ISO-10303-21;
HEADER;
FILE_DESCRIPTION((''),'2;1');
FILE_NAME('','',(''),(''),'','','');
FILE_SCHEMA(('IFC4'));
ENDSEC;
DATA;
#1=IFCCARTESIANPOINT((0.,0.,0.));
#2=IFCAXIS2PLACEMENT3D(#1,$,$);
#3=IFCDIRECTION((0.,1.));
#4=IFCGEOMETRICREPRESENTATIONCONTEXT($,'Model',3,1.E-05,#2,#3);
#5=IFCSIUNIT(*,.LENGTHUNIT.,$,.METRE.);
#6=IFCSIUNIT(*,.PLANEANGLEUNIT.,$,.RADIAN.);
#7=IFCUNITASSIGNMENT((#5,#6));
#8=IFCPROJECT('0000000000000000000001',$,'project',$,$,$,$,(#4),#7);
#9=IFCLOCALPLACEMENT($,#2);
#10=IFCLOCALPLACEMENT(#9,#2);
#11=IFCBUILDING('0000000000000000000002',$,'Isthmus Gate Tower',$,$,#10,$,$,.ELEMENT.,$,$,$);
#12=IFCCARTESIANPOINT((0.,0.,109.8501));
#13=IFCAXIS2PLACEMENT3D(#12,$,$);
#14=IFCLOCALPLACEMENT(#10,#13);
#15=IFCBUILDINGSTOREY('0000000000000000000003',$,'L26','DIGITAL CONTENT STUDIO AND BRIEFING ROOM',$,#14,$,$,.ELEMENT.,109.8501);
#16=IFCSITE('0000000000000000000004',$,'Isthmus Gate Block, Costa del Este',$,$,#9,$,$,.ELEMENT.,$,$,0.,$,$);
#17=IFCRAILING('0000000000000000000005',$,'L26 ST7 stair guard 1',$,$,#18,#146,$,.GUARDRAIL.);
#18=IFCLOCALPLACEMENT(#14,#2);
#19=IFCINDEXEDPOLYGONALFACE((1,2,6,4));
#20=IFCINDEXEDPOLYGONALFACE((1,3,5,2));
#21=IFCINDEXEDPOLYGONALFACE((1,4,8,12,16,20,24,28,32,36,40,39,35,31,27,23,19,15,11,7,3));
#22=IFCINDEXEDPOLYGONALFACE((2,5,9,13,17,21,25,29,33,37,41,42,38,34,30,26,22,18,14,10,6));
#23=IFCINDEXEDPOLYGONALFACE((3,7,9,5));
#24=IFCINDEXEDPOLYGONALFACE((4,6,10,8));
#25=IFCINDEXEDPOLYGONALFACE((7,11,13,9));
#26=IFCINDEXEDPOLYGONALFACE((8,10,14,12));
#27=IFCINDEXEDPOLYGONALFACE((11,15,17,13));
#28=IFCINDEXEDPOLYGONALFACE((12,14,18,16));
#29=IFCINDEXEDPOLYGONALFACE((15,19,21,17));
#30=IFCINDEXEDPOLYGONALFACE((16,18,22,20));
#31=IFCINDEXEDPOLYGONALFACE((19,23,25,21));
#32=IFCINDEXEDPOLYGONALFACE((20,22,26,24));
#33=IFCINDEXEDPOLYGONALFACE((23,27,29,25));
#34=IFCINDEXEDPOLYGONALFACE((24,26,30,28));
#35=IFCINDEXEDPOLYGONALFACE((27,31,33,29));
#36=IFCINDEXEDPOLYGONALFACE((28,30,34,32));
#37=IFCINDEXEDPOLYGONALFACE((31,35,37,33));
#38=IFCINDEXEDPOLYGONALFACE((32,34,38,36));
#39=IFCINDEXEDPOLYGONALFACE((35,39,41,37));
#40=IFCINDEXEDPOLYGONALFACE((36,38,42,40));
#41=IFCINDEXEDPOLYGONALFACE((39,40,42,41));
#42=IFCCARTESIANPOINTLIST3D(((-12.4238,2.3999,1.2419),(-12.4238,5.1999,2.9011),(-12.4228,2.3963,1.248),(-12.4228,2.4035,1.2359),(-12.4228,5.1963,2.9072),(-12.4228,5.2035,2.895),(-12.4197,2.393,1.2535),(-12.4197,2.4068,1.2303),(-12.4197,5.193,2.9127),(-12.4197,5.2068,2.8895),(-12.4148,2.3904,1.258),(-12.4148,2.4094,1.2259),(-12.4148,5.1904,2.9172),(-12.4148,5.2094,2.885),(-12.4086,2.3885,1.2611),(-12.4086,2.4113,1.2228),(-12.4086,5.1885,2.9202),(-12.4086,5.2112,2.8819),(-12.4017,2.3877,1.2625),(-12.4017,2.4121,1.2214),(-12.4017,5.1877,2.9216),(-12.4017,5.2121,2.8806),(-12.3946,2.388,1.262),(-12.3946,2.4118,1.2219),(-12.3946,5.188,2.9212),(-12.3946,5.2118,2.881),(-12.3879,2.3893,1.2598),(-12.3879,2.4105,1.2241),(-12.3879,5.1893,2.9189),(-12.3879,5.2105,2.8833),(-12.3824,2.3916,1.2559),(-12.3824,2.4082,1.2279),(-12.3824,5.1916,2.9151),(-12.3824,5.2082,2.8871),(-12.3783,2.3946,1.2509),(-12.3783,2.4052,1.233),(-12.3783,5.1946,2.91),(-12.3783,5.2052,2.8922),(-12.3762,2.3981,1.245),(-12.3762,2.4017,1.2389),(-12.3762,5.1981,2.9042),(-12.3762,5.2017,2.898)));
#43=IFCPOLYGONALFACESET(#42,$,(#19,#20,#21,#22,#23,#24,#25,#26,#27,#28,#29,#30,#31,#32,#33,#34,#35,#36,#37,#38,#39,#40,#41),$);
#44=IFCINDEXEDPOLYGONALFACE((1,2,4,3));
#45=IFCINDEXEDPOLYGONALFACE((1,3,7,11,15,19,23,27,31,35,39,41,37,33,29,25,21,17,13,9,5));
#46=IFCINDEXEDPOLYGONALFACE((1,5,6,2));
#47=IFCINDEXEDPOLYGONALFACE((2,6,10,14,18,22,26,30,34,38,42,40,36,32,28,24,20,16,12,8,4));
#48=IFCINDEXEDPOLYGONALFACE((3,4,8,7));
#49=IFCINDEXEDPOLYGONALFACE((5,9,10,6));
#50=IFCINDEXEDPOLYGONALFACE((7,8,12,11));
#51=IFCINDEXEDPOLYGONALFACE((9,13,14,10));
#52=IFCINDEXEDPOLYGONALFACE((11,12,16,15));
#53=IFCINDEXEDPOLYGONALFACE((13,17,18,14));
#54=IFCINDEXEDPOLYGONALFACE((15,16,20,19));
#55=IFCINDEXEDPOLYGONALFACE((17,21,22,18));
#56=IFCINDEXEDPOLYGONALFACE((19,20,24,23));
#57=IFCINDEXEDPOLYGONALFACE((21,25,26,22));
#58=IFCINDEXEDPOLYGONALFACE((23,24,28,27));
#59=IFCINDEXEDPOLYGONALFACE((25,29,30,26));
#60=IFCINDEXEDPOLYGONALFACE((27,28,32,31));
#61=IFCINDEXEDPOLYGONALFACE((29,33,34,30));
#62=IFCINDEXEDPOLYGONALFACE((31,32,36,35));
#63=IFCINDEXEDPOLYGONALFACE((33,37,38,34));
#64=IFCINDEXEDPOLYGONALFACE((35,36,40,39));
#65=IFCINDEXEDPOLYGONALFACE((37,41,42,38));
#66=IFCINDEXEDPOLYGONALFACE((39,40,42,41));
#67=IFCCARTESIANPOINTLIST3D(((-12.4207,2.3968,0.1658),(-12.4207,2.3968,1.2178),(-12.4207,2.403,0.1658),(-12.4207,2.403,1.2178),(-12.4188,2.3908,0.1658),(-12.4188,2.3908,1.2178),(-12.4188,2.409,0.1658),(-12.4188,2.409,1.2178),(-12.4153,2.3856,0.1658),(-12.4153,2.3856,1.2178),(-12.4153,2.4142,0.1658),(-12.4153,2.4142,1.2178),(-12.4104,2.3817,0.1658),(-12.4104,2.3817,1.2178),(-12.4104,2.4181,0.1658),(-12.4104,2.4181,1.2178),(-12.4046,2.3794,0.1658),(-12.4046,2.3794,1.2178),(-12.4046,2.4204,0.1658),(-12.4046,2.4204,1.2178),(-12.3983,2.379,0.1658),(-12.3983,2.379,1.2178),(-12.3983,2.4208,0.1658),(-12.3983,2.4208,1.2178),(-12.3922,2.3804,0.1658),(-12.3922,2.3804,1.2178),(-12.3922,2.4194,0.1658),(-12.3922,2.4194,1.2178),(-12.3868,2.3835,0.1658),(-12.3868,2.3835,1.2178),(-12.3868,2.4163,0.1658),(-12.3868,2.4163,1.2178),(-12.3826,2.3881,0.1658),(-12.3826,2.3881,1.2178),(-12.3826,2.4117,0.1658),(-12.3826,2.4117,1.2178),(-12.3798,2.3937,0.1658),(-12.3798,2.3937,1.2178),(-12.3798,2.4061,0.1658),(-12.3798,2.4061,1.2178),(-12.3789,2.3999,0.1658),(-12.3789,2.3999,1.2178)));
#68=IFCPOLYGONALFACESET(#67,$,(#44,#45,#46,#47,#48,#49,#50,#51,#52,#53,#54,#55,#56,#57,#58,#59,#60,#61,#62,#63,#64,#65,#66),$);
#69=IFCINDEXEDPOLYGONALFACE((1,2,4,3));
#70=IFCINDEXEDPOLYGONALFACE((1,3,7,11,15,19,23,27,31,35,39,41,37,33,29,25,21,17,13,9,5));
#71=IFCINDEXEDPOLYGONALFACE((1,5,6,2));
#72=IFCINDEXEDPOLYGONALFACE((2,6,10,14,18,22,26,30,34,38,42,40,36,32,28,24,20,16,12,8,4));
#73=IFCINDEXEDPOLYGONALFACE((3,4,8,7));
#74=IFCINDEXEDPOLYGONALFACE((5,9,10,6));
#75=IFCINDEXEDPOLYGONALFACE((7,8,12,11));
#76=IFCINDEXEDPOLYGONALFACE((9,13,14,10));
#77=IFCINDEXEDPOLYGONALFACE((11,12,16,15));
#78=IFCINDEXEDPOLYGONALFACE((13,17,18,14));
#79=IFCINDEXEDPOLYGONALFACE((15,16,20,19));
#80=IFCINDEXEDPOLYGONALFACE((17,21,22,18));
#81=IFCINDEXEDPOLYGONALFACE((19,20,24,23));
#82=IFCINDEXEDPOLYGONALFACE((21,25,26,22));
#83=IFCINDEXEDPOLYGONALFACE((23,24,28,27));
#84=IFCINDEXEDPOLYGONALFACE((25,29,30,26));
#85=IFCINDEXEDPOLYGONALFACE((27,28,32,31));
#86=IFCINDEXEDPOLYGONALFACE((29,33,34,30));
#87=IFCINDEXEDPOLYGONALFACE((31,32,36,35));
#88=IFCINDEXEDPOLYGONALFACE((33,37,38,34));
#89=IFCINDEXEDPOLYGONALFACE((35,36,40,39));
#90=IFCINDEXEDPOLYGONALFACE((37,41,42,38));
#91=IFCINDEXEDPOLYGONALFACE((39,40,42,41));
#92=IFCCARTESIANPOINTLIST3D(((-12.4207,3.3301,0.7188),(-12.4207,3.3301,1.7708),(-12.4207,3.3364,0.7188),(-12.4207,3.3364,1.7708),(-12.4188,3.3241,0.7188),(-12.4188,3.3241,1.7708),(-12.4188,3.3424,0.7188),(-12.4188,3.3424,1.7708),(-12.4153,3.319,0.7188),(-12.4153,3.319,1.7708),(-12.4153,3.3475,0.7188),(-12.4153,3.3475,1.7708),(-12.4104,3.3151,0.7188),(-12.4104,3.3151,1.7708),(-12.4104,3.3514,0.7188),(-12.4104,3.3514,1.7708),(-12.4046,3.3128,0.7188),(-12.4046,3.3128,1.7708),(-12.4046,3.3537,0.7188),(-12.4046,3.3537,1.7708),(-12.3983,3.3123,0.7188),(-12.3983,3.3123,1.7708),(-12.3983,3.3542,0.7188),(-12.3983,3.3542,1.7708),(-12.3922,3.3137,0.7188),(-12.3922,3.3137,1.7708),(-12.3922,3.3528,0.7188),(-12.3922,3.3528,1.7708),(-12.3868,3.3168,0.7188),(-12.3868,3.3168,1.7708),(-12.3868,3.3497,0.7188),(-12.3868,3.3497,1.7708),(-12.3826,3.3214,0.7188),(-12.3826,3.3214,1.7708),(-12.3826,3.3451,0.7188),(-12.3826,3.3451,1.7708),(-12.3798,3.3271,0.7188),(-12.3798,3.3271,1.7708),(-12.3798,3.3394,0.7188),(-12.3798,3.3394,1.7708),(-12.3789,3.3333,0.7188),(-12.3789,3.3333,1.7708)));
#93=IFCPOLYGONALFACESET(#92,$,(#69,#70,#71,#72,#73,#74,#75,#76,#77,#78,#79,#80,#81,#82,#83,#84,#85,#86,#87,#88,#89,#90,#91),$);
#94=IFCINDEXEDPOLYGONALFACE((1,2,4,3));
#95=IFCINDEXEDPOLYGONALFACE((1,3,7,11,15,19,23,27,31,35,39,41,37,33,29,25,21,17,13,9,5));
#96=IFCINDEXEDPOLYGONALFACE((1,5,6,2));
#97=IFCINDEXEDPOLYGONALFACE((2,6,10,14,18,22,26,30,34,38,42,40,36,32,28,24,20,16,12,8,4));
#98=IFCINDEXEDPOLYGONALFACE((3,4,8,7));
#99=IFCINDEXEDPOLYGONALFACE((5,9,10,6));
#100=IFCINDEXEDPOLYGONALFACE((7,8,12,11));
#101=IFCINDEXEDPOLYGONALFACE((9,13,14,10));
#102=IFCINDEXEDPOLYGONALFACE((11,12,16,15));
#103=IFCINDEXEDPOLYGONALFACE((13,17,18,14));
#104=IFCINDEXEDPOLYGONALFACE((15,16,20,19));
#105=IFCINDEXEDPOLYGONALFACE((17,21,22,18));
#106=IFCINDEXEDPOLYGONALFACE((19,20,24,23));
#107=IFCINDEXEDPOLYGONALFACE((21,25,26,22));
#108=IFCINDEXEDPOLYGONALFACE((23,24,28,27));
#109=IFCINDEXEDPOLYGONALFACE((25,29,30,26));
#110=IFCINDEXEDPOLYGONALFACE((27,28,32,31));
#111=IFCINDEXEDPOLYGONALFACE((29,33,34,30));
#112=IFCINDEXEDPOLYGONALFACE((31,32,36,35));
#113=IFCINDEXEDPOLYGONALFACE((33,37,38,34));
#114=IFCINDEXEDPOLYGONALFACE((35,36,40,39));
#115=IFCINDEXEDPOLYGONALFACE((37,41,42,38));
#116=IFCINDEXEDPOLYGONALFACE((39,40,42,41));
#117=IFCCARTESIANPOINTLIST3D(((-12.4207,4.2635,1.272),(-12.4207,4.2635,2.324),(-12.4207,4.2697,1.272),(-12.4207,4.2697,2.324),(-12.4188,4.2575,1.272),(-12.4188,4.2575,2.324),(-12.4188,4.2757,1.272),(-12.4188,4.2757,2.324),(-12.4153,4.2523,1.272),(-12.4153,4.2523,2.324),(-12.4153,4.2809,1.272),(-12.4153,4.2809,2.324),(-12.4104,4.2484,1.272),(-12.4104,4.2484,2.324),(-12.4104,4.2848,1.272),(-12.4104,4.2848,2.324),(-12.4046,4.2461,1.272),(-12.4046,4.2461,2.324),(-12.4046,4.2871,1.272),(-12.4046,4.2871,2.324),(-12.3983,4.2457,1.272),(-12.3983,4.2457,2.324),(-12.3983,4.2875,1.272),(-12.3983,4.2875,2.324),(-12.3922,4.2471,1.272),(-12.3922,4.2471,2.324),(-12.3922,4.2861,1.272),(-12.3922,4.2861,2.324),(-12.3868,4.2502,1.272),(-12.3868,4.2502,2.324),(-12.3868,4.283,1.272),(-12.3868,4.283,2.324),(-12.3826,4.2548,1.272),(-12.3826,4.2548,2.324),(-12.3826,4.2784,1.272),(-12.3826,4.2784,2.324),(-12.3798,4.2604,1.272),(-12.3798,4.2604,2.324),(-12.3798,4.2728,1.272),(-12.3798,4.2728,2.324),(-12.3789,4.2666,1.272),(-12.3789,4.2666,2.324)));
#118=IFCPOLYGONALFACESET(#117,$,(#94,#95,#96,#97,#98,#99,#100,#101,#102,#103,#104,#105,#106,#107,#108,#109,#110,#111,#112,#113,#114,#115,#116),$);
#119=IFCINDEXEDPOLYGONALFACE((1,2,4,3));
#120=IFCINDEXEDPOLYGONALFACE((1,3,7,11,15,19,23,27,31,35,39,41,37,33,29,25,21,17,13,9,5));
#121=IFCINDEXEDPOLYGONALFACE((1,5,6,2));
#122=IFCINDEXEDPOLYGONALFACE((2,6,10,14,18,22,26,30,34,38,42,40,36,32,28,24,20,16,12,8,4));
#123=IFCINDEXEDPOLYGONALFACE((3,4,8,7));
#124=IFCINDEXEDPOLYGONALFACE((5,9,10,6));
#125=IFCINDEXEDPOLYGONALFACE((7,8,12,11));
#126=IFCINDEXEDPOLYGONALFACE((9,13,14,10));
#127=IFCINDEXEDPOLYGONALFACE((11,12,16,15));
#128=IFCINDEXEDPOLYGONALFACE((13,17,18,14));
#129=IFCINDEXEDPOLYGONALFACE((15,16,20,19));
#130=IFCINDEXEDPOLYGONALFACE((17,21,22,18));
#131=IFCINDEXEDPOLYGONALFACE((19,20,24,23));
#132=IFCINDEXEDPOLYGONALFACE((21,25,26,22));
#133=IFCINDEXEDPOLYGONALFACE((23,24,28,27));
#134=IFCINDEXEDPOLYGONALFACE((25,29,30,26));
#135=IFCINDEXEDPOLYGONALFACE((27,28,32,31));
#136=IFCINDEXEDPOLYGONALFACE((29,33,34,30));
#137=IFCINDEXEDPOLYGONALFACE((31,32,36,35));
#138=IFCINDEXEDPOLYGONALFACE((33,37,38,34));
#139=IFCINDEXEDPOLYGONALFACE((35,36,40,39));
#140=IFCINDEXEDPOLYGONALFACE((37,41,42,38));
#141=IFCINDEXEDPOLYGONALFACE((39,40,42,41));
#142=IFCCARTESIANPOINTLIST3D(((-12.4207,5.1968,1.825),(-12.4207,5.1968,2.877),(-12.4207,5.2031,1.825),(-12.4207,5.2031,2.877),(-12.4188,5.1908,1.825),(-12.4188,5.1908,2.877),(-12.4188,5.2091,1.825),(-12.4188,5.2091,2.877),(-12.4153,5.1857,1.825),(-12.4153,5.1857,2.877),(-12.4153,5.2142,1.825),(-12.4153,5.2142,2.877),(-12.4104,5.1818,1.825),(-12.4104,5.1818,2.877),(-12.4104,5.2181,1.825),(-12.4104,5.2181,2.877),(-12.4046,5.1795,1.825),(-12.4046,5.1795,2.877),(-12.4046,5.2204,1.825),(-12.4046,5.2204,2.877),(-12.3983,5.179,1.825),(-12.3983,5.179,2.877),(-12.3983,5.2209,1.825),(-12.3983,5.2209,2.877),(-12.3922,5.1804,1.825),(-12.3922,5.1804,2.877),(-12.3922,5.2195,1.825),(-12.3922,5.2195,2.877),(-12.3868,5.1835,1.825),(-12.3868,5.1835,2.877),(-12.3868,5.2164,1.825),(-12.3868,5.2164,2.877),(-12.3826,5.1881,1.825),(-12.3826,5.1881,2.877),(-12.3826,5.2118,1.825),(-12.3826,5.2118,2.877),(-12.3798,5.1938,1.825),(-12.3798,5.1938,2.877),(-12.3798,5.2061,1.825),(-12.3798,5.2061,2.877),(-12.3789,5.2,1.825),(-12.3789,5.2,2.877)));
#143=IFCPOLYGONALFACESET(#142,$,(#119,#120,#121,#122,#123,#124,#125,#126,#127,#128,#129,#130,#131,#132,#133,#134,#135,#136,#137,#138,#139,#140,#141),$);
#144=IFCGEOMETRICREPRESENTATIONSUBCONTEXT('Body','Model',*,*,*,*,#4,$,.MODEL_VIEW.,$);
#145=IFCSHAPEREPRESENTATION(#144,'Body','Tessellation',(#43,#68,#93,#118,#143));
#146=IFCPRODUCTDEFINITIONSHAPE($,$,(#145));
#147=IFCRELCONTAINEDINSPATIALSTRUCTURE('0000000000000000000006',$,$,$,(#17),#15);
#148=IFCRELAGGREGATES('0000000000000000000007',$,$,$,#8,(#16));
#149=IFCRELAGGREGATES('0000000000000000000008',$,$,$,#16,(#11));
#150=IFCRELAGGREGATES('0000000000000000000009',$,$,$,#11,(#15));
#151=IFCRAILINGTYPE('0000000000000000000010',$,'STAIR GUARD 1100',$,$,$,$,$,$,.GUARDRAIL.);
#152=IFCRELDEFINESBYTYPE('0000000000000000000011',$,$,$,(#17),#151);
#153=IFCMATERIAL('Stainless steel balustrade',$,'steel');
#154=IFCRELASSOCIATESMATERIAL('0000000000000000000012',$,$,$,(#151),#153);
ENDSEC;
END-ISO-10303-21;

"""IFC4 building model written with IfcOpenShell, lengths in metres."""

from ifc_helpers import new_model, si_unit, direction, frame, origin, origin_2d, place, context, subcontext, project, spatial, circle, extrude, material, type_object, element, save


model = new_model("IFC4")

# Units and contexts
model_context = context("Model", 3, precision=1e-05, world=origin(), true_north=direction((0.0, 1.0)))
body_context = subcontext(model_context, "Body", "Model", "MODEL_VIEW")
ifc_project = project(units=[si_unit("LENGTHUNIT", "METRE"), si_unit("PLANEANGLEUNIT", "RADIAN")], contexts=[model_context])

# Site, building, storey
site_placement = place(None, origin())
site = spatial("IfcSite", under=ifc_project, at=site_placement, Name="Isthmus Gate Block, Costa del Este", CompositionType="ELEMENT", RefElevation=0.0)
building_placement = place(site_placement, origin())
building = spatial("IfcBuilding", under=site, at=building_placement, Name="Isthmus Gate Tower", CompositionType="ELEMENT")
storey_placement = place(building_placement, frame((0.0, 0.0, 109.8501)))
storey = spatial("IfcBuildingStorey", under=building, at=storey_placement, Name="L26", Description="DIGITAL CONTENT STUDIO AND BRIEFING ROOM", CompositionType="ELEMENT", Elevation=109.8501)

# Railing
ifc_material_1 = material(Name="Stainless steel balustrade", Category="steel")
railing_type_1 = type_object("IfcRailingType", Name="STAIR GUARD 1100", PredefinedType="GUARDRAIL", material=ifc_material_1)
railing_1_placement = place(storey_placement, frame((-12.3999, 2.3999, 0.1658)))
element("IfcRailing", 1, at=railing_1_placement, inside=storey, type_object=railing_type_1, Name="L26 ST7 stair guard 1", PredefinedType="GUARDRAIL", context=body_context, shape_type="SweptSolid", body=[
    extrude(circle(Radius=0.0239, at=origin_2d()), frame((0.0, 0.0, 1.0762), z_axis=(0.0, 0.860306, 0.509778), x_axis=(-1.0, 0.0, 0.0)), (0.0, 0.0, 1.0), 3.2546),
    extrude(circle(Radius=0.021, at=origin_2d()), origin(), (0.0, 0.0, 1.0), 1.052),
    extrude(circle(Radius=0.021, at=origin_2d()), frame((0.0, 0.9333, 0.553)), (0.0, 0.0, 1.0), 1.052),
    extrude(circle(Radius=0.021, at=origin_2d()), frame((0.0, 1.8667, 1.1062)), (0.0, 0.0, 1.0), 1.052),
    extrude(circle(Radius=0.021, at=origin_2d()), frame((0.0, 2.8, 1.6592)), (0.0, 0.0, 1.0), 1.052),
])

save(model, "model.ifc")
